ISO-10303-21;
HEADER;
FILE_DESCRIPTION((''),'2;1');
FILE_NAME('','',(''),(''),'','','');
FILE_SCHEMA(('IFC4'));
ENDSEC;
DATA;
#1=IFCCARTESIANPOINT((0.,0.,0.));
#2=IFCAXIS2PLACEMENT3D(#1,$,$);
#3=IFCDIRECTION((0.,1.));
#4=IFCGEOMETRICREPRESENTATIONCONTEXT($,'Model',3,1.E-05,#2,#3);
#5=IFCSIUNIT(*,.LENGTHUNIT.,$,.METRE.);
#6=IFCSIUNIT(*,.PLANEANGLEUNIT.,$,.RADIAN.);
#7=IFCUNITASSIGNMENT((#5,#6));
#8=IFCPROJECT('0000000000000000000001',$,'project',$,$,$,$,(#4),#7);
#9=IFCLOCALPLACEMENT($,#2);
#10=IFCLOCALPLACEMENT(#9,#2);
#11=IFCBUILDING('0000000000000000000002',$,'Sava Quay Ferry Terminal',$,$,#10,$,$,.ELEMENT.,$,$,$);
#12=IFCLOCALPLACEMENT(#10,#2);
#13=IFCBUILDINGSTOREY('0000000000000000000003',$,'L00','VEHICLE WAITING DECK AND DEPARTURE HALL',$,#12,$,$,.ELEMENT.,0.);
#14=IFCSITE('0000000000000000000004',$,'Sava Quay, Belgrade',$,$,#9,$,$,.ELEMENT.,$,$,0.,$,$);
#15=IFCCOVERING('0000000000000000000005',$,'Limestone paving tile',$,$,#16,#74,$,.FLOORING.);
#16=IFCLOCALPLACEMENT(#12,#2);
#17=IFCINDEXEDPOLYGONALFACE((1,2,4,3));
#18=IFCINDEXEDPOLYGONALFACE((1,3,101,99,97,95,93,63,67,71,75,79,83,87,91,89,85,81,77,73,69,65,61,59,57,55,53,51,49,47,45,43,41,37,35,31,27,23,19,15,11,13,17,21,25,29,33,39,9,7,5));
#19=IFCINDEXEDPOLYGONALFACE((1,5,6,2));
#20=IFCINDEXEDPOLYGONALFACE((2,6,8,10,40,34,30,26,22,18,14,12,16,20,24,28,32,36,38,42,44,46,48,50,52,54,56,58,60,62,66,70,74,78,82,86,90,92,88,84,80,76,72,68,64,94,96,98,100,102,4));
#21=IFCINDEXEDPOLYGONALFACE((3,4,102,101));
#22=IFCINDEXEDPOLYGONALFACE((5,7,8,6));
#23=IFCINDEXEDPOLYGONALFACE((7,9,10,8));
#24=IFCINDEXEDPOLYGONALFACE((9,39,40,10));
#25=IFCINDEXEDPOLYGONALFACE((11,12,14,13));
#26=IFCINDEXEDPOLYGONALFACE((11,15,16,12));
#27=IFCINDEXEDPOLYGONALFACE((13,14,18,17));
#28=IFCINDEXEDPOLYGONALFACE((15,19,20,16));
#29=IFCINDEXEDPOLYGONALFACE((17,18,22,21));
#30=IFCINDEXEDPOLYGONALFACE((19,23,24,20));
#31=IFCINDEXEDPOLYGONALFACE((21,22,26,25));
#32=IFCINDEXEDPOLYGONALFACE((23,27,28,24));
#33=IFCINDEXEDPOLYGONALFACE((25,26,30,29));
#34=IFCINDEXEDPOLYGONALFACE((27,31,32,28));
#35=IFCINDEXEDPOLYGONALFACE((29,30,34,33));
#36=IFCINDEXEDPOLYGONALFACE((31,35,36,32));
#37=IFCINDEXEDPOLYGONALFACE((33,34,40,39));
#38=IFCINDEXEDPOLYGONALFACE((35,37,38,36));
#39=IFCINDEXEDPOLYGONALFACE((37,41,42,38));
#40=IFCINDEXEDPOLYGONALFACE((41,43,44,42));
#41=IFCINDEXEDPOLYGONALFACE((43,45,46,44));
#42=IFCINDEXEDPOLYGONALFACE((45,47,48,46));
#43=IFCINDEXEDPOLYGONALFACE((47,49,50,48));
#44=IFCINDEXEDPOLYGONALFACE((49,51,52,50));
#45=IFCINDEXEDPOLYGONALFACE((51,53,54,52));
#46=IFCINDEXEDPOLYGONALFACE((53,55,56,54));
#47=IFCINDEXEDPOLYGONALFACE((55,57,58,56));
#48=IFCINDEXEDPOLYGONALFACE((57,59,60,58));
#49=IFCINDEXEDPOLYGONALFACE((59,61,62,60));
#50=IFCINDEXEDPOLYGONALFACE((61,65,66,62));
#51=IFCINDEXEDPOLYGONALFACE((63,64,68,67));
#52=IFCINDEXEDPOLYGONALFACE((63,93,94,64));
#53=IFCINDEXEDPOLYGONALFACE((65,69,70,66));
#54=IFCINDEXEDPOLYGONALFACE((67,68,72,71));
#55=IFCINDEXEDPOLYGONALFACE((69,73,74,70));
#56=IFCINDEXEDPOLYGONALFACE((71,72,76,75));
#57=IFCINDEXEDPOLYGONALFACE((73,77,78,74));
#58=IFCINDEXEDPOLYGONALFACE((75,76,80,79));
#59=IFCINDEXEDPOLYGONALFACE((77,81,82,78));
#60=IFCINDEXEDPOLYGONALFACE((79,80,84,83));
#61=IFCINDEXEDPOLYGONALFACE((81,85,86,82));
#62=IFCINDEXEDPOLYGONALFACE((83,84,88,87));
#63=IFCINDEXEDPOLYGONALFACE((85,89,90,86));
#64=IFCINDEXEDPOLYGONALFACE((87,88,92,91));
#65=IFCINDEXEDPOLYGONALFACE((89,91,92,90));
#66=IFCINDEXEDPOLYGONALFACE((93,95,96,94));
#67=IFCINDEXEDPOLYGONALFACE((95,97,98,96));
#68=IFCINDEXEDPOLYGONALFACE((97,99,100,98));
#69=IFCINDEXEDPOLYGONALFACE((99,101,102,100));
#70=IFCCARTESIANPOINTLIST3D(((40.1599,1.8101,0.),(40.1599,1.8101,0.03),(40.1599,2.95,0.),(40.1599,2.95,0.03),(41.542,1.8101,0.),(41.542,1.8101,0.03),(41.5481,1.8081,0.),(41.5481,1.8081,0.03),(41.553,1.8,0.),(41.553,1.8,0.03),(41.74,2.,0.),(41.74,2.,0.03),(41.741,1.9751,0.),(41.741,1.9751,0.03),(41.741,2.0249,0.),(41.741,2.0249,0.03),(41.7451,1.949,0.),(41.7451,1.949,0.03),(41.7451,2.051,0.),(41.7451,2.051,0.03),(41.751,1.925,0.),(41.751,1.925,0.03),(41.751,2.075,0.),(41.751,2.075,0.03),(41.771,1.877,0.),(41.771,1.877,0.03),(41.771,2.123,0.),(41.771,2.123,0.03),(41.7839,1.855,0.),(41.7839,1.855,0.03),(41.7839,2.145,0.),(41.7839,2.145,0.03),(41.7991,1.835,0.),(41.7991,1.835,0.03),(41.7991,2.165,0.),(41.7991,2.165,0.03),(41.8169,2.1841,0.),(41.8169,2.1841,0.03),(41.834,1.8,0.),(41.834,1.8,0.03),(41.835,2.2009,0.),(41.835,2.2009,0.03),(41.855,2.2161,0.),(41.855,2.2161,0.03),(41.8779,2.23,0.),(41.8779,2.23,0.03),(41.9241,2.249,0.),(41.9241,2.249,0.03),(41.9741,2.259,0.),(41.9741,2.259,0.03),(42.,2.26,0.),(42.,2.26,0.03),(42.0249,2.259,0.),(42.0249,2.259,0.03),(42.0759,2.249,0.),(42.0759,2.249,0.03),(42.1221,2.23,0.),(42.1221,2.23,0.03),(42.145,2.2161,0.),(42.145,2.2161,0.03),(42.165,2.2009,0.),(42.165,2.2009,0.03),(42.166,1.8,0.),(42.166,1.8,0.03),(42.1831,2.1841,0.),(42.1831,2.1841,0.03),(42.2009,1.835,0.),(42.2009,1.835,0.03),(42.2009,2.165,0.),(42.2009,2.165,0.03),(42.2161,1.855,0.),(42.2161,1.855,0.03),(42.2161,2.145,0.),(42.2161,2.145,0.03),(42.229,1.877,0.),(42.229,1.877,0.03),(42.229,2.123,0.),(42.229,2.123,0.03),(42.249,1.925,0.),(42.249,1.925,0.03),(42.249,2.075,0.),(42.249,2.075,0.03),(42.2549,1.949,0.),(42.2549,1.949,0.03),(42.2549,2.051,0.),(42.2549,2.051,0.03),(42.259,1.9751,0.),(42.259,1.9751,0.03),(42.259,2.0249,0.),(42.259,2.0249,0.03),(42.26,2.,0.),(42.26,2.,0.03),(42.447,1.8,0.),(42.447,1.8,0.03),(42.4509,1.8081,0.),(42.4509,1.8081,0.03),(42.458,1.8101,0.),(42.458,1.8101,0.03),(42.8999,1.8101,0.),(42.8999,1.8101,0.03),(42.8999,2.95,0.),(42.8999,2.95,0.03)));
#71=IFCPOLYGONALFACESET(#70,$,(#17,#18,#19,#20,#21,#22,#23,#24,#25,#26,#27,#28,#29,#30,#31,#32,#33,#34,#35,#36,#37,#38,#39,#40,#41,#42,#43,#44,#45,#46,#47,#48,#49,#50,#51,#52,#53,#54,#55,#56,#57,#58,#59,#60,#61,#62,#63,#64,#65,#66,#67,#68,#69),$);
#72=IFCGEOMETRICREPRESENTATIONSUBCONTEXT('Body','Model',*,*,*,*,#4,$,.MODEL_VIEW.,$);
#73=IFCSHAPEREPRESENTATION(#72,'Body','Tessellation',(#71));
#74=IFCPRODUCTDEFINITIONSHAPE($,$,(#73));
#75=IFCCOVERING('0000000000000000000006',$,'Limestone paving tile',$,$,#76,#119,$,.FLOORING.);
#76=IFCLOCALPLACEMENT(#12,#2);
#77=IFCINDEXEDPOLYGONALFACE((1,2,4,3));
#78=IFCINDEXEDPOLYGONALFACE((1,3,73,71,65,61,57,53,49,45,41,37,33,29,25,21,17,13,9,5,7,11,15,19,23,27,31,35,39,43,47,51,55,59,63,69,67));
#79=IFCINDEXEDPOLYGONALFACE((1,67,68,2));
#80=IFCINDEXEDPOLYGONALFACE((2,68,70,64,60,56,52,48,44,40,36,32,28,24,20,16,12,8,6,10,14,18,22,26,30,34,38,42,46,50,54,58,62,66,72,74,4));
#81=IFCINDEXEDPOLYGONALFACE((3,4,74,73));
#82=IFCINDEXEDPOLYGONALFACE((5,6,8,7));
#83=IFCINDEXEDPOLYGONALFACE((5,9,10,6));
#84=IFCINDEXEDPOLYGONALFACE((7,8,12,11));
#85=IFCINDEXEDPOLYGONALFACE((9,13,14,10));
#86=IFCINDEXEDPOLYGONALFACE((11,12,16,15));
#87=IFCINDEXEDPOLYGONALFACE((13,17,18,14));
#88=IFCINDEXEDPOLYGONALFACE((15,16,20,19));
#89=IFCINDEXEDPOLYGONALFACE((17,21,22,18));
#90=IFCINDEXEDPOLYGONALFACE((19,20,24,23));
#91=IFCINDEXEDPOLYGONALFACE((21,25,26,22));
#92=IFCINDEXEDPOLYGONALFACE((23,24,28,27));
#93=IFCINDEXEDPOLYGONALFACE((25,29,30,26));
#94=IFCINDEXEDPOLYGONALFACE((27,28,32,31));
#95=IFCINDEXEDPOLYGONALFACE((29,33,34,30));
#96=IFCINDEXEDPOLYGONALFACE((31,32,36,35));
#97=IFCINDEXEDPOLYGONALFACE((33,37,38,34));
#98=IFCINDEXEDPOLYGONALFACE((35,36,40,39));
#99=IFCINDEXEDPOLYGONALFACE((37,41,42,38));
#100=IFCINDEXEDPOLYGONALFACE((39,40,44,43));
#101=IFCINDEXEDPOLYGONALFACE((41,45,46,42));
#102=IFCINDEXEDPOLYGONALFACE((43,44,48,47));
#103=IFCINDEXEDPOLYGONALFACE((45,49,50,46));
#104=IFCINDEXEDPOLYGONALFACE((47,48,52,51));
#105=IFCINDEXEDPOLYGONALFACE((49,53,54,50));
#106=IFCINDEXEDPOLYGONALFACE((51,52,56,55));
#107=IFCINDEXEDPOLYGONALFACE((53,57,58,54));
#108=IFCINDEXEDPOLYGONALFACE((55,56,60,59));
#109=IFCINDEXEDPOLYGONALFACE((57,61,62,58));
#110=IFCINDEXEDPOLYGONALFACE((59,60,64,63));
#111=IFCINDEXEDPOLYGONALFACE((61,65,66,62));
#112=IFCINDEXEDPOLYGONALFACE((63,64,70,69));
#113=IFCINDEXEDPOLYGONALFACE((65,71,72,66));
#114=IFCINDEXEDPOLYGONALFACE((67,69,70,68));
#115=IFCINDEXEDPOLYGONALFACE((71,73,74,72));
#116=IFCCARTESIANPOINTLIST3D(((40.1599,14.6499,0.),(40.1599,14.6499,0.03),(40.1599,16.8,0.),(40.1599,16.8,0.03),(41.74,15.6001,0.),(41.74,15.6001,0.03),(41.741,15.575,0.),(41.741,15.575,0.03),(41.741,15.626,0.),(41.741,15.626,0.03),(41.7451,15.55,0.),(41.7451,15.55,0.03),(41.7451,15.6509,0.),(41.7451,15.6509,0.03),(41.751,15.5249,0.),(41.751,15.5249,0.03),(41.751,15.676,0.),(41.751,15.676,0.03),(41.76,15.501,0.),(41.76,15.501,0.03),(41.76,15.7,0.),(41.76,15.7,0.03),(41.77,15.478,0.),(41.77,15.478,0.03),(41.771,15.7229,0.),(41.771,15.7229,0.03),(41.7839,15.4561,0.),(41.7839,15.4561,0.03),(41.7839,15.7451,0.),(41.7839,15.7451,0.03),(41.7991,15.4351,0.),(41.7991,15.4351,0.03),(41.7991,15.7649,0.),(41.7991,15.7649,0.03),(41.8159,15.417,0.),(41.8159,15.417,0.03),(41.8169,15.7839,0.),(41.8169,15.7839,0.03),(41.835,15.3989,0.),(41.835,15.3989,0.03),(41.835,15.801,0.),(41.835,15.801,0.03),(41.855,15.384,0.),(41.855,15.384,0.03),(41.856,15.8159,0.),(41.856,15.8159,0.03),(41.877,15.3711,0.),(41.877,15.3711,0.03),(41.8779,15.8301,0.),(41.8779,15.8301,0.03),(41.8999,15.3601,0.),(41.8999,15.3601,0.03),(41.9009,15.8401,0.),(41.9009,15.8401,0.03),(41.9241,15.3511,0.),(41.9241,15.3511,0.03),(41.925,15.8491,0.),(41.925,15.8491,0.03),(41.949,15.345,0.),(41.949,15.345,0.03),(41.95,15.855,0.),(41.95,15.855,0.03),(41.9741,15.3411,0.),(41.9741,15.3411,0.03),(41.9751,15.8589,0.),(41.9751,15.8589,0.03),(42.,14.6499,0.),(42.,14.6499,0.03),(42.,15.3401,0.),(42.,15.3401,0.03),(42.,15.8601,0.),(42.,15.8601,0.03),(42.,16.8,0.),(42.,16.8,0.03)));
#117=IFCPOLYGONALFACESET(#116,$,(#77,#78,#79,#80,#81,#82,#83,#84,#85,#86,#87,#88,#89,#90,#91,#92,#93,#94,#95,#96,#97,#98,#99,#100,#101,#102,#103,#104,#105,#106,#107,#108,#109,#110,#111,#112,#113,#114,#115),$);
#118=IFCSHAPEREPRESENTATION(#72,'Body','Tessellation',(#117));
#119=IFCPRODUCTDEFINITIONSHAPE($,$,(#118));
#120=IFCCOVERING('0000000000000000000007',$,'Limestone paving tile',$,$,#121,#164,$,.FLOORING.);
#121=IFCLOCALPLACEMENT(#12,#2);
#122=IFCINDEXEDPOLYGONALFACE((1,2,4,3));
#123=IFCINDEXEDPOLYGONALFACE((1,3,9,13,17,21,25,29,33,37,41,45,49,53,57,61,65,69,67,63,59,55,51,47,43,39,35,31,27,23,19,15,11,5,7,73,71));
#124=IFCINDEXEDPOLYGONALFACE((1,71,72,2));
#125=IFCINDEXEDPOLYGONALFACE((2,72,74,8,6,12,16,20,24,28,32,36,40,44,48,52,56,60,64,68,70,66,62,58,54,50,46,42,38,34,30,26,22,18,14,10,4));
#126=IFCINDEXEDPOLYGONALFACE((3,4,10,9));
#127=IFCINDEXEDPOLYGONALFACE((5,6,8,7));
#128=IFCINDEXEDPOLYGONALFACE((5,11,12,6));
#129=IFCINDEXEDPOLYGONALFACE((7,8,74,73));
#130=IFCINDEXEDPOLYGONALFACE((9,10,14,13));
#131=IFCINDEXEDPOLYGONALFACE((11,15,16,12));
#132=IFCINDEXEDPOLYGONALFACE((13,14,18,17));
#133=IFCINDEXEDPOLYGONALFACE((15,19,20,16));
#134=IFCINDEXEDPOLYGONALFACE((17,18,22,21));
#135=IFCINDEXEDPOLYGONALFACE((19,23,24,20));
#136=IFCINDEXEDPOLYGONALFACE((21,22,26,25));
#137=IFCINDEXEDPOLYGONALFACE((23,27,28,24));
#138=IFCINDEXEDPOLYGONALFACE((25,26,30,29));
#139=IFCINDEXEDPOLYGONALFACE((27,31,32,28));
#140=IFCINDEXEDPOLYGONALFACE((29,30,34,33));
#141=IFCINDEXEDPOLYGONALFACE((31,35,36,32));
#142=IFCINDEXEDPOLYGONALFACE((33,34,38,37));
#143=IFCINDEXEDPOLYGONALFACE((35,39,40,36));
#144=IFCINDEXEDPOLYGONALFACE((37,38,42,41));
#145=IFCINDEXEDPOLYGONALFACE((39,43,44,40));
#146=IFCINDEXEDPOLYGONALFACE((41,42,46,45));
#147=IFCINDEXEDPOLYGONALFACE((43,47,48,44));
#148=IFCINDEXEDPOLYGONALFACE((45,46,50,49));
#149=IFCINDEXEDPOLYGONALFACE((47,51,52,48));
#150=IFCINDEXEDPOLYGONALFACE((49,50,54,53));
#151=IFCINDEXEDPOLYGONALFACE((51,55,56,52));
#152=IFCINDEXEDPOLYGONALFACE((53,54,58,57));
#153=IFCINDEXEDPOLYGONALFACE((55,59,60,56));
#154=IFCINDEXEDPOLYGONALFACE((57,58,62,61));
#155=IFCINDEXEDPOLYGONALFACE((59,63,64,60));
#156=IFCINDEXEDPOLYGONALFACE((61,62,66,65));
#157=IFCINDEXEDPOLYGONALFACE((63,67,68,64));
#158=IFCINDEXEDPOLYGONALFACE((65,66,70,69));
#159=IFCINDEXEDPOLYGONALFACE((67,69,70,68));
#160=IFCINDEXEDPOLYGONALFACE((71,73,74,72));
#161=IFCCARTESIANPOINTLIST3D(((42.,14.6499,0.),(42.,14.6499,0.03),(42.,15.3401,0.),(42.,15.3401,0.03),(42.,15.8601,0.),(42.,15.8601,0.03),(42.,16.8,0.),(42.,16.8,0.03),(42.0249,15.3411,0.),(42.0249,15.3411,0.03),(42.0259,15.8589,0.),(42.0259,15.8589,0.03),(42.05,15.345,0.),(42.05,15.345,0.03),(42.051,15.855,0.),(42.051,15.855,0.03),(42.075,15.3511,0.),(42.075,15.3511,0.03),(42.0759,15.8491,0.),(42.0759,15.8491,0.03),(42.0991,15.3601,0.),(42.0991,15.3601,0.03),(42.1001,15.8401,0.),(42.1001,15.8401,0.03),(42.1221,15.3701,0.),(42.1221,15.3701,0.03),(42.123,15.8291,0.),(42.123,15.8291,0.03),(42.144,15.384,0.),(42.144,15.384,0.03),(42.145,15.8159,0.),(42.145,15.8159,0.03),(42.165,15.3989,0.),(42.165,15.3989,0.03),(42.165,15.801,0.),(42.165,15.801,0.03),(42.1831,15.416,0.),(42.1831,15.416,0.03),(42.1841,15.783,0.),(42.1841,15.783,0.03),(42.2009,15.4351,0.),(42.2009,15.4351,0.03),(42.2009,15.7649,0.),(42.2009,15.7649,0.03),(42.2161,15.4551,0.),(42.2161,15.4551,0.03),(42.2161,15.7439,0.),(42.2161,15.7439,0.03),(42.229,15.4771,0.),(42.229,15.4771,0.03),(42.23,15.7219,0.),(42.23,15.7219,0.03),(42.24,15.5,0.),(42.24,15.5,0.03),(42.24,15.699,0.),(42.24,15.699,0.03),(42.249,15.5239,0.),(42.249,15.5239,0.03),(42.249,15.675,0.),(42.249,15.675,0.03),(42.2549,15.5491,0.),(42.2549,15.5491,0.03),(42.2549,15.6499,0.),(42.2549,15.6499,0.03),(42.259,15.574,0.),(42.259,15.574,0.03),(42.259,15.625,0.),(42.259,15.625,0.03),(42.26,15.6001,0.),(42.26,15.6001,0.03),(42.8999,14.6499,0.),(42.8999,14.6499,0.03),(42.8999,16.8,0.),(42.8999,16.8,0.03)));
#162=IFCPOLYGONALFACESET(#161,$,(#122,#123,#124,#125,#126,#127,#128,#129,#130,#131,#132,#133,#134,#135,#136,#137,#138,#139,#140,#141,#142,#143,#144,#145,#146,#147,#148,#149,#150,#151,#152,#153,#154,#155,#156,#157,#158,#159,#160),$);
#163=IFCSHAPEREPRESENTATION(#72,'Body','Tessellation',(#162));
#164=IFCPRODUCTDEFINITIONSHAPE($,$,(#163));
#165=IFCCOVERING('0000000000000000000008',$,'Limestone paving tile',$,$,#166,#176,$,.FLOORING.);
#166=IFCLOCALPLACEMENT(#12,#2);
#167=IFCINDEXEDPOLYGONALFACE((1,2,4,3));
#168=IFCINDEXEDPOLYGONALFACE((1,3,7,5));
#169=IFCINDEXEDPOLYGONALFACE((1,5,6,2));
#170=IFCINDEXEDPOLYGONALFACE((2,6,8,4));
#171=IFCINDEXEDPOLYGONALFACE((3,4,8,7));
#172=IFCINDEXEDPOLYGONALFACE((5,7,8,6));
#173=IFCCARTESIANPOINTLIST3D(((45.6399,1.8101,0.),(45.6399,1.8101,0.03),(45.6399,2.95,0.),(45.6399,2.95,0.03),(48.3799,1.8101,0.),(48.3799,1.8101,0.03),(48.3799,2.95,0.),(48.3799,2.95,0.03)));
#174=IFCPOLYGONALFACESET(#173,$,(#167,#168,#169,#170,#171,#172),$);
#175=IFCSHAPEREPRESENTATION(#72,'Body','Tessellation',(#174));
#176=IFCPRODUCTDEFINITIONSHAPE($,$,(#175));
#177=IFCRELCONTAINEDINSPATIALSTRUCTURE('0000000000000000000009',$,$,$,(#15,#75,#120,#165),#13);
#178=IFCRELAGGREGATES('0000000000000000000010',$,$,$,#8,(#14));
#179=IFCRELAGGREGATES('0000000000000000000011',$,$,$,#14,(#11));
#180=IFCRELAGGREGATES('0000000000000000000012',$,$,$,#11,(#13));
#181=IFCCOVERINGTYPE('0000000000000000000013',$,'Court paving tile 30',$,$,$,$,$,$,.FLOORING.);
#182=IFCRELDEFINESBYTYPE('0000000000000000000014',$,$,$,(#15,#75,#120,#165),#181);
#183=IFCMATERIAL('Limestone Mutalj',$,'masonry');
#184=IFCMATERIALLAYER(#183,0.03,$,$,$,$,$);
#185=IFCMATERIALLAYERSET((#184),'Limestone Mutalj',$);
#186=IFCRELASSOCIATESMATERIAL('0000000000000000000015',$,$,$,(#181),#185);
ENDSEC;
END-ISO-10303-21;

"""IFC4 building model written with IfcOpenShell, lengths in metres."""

from ifc_helpers import new_model, si_unit, direction, origin, place, context, subcontext, project, spatial, polyline, outline, extrude, material, layer, layer_set, type_object, element, save


model = new_model("IFC4")

# Units and contexts
model_context = context("Model", 3, precision=1e-05, world=origin(), true_north=direction((0.0, 1.0)))
body_context = subcontext(model_context, "Body", "Model", "MODEL_VIEW")
ifc_project = project(units=[si_unit("LENGTHUNIT", "METRE"), si_unit("PLANEANGLEUNIT", "RADIAN")], contexts=[model_context])

# Site, building, storey
site_placement = place(None, origin())
site = spatial("IfcSite", under=ifc_project, at=site_placement, Name="Sava Quay, Belgrade", CompositionType="ELEMENT", RefElevation=0.0)
building_placement = place(site_placement, origin())
building = spatial("IfcBuilding", under=site, at=building_placement, Name="Sava Quay Ferry Terminal", CompositionType="ELEMENT")
storey_placement = place(building_placement, origin())
storey = spatial("IfcBuildingStorey", under=building, at=storey_placement, Name="L00", Description="VEHICLE WAITING DECK AND DEPARTURE HALL", CompositionType="ELEMENT", Elevation=0.0)

# Coverings
ifc_material_1 = material(Name="Limestone Mutalj", Category="masonry")
ifc_layer_1 = layer(ifc_material_1, 0.03)
ifc_layer_set_1 = layer_set([ifc_layer_1], Name="Limestone Mutalj")
covering_type_1 = type_object("IfcCoveringType", Name="Court paving tile 30", PredefinedType="FLOORING", material=ifc_layer_set_1)
covering_1_placement = place(storey_placement, origin())
element("IfcCovering", 1, at=covering_1_placement, inside=storey, type_object=covering_type_1, Name="Limestone paving tile", PredefinedType="FLOORING", context=body_context, shape_type="SweptSolid", body=[
    extrude(outline(polyline([(42.458, 1.8101), (42.8999, 1.8101), (42.8999, 2.95), (40.1599, 2.95), (40.1599, 1.8101), (41.542, 1.8101), (41.5481, 1.8081), (41.553, 1.8), (41.834, 1.8), (41.7991, 1.835), (41.7839, 1.855), (41.771, 1.877), (41.751, 1.925), (41.7451, 1.949), (41.741, 1.9751), (41.74, 2.0), (41.741, 2.0249), (41.7451, 2.051), (41.751, 2.075), (41.771, 2.123), (41.7839, 2.145), (41.7991, 2.165), (41.8169, 2.1841), (41.835, 2.2009), (41.855, 2.2161), (41.8779, 2.23), (41.9241, 2.249), (41.9741, 2.259), (42.0, 2.26), (42.0249, 2.259), (42.0759, 2.249), (42.1221, 2.23), (42.145, 2.2161), (42.165, 2.2009), (42.1831, 2.1841), (42.2009, 2.165), (42.2161, 2.145), (42.229, 2.123), (42.249, 2.075), (42.2549, 2.051), (42.259, 2.0249), (42.26, 2.0), (42.259, 1.9751), (42.2549, 1.949), (42.249, 1.925), (42.229, 1.877), (42.2161, 1.855), (42.2009, 1.835), (42.166, 1.8), (42.447, 1.8), (42.4509, 1.8081), (42.458, 1.8101)])), origin(), (0.0, 0.0, 1.0), 0.03),
])
covering_2_placement = place(storey_placement, origin())
element("IfcCovering", 2, at=covering_2_placement, inside=storey, type_object=covering_type_1, Name="Limestone paving tile", PredefinedType="FLOORING", context=body_context, shape_type="SweptSolid", body=[
    extrude(outline(polyline([(42.0, 15.8601), (42.0, 16.8), (40.1599, 16.8), (40.1599, 14.6499), (42.0, 14.6499), (42.0, 15.3401), (41.9741, 15.3411), (41.949, 15.345), (41.9241, 15.3511), (41.8999, 15.3601), (41.877, 15.3711), (41.855, 15.384), (41.835, 15.3989), (41.8159, 15.417), (41.7991, 15.4351), (41.7839, 15.4561), (41.77, 15.478), (41.76, 15.501), (41.751, 15.5249), (41.7451, 15.55), (41.741, 15.575), (41.74, 15.6001), (41.741, 15.626), (41.7451, 15.6509), (41.751, 15.676), (41.76, 15.7), (41.771, 15.7229), (41.7839, 15.7451), (41.7991, 15.7649), (41.8169, 15.7839), (41.835, 15.801), (41.856, 15.8159), (41.8779, 15.8301), (41.9009, 15.8401), (41.925, 15.8491), (41.95, 15.855), (41.9751, 15.8589), (42.0, 15.8601)])), origin(), (0.0, 0.0, 1.0), 0.03),
])
covering_3_placement = place(storey_placement, origin())
element("IfcCovering", 3, at=covering_3_placement, inside=storey, type_object=covering_type_1, Name="Limestone paving tile", PredefinedType="FLOORING", context=body_context, shape_type="SweptSolid", body=[
    extrude(outline(polyline([(42.8999, 14.6499), (42.8999, 16.8), (42.0, 16.8), (42.0, 15.8601), (42.0259, 15.8589), (42.051, 15.855), (42.0759, 15.8491), (42.1001, 15.8401), (42.123, 15.8291), (42.145, 15.8159), (42.165, 15.801), (42.1841, 15.783), (42.2009, 15.7649), (42.2161, 15.7439), (42.23, 15.7219), (42.24, 15.699), (42.249, 15.675), (42.2549, 15.6499), (42.259, 15.625), (42.26, 15.6001), (42.259, 15.574), (42.2549, 15.5491), (42.249, 15.5239), (42.24, 15.5), (42.229, 15.4771), (42.2161, 15.4551), (42.2009, 15.4351), (42.1831, 15.416), (42.165, 15.3989), (42.144, 15.384), (42.1221, 15.3701), (42.0991, 15.3601), (42.075, 15.3511), (42.05, 15.345), (42.0249, 15.3411), (42.0, 15.3401), (42.0, 14.6499), (42.8999, 14.6499)])), origin(), (0.0, 0.0, 1.0), 0.03),
])
covering_4_placement = place(storey_placement, origin())
element("IfcCovering", 4, at=covering_4_placement, inside=storey, type_object=covering_type_1, Name="Limestone paving tile", PredefinedType="FLOORING", context=body_context, shape_type="SweptSolid", body=[
    extrude(outline(polyline([(45.6399, 1.8101), (48.3799, 1.8101), (48.3799, 2.95), (45.6399, 2.95), (45.6399, 1.8101)])), origin(), (0.0, 0.0, 1.0), 0.03),
])

save(model, "model.ifc")
